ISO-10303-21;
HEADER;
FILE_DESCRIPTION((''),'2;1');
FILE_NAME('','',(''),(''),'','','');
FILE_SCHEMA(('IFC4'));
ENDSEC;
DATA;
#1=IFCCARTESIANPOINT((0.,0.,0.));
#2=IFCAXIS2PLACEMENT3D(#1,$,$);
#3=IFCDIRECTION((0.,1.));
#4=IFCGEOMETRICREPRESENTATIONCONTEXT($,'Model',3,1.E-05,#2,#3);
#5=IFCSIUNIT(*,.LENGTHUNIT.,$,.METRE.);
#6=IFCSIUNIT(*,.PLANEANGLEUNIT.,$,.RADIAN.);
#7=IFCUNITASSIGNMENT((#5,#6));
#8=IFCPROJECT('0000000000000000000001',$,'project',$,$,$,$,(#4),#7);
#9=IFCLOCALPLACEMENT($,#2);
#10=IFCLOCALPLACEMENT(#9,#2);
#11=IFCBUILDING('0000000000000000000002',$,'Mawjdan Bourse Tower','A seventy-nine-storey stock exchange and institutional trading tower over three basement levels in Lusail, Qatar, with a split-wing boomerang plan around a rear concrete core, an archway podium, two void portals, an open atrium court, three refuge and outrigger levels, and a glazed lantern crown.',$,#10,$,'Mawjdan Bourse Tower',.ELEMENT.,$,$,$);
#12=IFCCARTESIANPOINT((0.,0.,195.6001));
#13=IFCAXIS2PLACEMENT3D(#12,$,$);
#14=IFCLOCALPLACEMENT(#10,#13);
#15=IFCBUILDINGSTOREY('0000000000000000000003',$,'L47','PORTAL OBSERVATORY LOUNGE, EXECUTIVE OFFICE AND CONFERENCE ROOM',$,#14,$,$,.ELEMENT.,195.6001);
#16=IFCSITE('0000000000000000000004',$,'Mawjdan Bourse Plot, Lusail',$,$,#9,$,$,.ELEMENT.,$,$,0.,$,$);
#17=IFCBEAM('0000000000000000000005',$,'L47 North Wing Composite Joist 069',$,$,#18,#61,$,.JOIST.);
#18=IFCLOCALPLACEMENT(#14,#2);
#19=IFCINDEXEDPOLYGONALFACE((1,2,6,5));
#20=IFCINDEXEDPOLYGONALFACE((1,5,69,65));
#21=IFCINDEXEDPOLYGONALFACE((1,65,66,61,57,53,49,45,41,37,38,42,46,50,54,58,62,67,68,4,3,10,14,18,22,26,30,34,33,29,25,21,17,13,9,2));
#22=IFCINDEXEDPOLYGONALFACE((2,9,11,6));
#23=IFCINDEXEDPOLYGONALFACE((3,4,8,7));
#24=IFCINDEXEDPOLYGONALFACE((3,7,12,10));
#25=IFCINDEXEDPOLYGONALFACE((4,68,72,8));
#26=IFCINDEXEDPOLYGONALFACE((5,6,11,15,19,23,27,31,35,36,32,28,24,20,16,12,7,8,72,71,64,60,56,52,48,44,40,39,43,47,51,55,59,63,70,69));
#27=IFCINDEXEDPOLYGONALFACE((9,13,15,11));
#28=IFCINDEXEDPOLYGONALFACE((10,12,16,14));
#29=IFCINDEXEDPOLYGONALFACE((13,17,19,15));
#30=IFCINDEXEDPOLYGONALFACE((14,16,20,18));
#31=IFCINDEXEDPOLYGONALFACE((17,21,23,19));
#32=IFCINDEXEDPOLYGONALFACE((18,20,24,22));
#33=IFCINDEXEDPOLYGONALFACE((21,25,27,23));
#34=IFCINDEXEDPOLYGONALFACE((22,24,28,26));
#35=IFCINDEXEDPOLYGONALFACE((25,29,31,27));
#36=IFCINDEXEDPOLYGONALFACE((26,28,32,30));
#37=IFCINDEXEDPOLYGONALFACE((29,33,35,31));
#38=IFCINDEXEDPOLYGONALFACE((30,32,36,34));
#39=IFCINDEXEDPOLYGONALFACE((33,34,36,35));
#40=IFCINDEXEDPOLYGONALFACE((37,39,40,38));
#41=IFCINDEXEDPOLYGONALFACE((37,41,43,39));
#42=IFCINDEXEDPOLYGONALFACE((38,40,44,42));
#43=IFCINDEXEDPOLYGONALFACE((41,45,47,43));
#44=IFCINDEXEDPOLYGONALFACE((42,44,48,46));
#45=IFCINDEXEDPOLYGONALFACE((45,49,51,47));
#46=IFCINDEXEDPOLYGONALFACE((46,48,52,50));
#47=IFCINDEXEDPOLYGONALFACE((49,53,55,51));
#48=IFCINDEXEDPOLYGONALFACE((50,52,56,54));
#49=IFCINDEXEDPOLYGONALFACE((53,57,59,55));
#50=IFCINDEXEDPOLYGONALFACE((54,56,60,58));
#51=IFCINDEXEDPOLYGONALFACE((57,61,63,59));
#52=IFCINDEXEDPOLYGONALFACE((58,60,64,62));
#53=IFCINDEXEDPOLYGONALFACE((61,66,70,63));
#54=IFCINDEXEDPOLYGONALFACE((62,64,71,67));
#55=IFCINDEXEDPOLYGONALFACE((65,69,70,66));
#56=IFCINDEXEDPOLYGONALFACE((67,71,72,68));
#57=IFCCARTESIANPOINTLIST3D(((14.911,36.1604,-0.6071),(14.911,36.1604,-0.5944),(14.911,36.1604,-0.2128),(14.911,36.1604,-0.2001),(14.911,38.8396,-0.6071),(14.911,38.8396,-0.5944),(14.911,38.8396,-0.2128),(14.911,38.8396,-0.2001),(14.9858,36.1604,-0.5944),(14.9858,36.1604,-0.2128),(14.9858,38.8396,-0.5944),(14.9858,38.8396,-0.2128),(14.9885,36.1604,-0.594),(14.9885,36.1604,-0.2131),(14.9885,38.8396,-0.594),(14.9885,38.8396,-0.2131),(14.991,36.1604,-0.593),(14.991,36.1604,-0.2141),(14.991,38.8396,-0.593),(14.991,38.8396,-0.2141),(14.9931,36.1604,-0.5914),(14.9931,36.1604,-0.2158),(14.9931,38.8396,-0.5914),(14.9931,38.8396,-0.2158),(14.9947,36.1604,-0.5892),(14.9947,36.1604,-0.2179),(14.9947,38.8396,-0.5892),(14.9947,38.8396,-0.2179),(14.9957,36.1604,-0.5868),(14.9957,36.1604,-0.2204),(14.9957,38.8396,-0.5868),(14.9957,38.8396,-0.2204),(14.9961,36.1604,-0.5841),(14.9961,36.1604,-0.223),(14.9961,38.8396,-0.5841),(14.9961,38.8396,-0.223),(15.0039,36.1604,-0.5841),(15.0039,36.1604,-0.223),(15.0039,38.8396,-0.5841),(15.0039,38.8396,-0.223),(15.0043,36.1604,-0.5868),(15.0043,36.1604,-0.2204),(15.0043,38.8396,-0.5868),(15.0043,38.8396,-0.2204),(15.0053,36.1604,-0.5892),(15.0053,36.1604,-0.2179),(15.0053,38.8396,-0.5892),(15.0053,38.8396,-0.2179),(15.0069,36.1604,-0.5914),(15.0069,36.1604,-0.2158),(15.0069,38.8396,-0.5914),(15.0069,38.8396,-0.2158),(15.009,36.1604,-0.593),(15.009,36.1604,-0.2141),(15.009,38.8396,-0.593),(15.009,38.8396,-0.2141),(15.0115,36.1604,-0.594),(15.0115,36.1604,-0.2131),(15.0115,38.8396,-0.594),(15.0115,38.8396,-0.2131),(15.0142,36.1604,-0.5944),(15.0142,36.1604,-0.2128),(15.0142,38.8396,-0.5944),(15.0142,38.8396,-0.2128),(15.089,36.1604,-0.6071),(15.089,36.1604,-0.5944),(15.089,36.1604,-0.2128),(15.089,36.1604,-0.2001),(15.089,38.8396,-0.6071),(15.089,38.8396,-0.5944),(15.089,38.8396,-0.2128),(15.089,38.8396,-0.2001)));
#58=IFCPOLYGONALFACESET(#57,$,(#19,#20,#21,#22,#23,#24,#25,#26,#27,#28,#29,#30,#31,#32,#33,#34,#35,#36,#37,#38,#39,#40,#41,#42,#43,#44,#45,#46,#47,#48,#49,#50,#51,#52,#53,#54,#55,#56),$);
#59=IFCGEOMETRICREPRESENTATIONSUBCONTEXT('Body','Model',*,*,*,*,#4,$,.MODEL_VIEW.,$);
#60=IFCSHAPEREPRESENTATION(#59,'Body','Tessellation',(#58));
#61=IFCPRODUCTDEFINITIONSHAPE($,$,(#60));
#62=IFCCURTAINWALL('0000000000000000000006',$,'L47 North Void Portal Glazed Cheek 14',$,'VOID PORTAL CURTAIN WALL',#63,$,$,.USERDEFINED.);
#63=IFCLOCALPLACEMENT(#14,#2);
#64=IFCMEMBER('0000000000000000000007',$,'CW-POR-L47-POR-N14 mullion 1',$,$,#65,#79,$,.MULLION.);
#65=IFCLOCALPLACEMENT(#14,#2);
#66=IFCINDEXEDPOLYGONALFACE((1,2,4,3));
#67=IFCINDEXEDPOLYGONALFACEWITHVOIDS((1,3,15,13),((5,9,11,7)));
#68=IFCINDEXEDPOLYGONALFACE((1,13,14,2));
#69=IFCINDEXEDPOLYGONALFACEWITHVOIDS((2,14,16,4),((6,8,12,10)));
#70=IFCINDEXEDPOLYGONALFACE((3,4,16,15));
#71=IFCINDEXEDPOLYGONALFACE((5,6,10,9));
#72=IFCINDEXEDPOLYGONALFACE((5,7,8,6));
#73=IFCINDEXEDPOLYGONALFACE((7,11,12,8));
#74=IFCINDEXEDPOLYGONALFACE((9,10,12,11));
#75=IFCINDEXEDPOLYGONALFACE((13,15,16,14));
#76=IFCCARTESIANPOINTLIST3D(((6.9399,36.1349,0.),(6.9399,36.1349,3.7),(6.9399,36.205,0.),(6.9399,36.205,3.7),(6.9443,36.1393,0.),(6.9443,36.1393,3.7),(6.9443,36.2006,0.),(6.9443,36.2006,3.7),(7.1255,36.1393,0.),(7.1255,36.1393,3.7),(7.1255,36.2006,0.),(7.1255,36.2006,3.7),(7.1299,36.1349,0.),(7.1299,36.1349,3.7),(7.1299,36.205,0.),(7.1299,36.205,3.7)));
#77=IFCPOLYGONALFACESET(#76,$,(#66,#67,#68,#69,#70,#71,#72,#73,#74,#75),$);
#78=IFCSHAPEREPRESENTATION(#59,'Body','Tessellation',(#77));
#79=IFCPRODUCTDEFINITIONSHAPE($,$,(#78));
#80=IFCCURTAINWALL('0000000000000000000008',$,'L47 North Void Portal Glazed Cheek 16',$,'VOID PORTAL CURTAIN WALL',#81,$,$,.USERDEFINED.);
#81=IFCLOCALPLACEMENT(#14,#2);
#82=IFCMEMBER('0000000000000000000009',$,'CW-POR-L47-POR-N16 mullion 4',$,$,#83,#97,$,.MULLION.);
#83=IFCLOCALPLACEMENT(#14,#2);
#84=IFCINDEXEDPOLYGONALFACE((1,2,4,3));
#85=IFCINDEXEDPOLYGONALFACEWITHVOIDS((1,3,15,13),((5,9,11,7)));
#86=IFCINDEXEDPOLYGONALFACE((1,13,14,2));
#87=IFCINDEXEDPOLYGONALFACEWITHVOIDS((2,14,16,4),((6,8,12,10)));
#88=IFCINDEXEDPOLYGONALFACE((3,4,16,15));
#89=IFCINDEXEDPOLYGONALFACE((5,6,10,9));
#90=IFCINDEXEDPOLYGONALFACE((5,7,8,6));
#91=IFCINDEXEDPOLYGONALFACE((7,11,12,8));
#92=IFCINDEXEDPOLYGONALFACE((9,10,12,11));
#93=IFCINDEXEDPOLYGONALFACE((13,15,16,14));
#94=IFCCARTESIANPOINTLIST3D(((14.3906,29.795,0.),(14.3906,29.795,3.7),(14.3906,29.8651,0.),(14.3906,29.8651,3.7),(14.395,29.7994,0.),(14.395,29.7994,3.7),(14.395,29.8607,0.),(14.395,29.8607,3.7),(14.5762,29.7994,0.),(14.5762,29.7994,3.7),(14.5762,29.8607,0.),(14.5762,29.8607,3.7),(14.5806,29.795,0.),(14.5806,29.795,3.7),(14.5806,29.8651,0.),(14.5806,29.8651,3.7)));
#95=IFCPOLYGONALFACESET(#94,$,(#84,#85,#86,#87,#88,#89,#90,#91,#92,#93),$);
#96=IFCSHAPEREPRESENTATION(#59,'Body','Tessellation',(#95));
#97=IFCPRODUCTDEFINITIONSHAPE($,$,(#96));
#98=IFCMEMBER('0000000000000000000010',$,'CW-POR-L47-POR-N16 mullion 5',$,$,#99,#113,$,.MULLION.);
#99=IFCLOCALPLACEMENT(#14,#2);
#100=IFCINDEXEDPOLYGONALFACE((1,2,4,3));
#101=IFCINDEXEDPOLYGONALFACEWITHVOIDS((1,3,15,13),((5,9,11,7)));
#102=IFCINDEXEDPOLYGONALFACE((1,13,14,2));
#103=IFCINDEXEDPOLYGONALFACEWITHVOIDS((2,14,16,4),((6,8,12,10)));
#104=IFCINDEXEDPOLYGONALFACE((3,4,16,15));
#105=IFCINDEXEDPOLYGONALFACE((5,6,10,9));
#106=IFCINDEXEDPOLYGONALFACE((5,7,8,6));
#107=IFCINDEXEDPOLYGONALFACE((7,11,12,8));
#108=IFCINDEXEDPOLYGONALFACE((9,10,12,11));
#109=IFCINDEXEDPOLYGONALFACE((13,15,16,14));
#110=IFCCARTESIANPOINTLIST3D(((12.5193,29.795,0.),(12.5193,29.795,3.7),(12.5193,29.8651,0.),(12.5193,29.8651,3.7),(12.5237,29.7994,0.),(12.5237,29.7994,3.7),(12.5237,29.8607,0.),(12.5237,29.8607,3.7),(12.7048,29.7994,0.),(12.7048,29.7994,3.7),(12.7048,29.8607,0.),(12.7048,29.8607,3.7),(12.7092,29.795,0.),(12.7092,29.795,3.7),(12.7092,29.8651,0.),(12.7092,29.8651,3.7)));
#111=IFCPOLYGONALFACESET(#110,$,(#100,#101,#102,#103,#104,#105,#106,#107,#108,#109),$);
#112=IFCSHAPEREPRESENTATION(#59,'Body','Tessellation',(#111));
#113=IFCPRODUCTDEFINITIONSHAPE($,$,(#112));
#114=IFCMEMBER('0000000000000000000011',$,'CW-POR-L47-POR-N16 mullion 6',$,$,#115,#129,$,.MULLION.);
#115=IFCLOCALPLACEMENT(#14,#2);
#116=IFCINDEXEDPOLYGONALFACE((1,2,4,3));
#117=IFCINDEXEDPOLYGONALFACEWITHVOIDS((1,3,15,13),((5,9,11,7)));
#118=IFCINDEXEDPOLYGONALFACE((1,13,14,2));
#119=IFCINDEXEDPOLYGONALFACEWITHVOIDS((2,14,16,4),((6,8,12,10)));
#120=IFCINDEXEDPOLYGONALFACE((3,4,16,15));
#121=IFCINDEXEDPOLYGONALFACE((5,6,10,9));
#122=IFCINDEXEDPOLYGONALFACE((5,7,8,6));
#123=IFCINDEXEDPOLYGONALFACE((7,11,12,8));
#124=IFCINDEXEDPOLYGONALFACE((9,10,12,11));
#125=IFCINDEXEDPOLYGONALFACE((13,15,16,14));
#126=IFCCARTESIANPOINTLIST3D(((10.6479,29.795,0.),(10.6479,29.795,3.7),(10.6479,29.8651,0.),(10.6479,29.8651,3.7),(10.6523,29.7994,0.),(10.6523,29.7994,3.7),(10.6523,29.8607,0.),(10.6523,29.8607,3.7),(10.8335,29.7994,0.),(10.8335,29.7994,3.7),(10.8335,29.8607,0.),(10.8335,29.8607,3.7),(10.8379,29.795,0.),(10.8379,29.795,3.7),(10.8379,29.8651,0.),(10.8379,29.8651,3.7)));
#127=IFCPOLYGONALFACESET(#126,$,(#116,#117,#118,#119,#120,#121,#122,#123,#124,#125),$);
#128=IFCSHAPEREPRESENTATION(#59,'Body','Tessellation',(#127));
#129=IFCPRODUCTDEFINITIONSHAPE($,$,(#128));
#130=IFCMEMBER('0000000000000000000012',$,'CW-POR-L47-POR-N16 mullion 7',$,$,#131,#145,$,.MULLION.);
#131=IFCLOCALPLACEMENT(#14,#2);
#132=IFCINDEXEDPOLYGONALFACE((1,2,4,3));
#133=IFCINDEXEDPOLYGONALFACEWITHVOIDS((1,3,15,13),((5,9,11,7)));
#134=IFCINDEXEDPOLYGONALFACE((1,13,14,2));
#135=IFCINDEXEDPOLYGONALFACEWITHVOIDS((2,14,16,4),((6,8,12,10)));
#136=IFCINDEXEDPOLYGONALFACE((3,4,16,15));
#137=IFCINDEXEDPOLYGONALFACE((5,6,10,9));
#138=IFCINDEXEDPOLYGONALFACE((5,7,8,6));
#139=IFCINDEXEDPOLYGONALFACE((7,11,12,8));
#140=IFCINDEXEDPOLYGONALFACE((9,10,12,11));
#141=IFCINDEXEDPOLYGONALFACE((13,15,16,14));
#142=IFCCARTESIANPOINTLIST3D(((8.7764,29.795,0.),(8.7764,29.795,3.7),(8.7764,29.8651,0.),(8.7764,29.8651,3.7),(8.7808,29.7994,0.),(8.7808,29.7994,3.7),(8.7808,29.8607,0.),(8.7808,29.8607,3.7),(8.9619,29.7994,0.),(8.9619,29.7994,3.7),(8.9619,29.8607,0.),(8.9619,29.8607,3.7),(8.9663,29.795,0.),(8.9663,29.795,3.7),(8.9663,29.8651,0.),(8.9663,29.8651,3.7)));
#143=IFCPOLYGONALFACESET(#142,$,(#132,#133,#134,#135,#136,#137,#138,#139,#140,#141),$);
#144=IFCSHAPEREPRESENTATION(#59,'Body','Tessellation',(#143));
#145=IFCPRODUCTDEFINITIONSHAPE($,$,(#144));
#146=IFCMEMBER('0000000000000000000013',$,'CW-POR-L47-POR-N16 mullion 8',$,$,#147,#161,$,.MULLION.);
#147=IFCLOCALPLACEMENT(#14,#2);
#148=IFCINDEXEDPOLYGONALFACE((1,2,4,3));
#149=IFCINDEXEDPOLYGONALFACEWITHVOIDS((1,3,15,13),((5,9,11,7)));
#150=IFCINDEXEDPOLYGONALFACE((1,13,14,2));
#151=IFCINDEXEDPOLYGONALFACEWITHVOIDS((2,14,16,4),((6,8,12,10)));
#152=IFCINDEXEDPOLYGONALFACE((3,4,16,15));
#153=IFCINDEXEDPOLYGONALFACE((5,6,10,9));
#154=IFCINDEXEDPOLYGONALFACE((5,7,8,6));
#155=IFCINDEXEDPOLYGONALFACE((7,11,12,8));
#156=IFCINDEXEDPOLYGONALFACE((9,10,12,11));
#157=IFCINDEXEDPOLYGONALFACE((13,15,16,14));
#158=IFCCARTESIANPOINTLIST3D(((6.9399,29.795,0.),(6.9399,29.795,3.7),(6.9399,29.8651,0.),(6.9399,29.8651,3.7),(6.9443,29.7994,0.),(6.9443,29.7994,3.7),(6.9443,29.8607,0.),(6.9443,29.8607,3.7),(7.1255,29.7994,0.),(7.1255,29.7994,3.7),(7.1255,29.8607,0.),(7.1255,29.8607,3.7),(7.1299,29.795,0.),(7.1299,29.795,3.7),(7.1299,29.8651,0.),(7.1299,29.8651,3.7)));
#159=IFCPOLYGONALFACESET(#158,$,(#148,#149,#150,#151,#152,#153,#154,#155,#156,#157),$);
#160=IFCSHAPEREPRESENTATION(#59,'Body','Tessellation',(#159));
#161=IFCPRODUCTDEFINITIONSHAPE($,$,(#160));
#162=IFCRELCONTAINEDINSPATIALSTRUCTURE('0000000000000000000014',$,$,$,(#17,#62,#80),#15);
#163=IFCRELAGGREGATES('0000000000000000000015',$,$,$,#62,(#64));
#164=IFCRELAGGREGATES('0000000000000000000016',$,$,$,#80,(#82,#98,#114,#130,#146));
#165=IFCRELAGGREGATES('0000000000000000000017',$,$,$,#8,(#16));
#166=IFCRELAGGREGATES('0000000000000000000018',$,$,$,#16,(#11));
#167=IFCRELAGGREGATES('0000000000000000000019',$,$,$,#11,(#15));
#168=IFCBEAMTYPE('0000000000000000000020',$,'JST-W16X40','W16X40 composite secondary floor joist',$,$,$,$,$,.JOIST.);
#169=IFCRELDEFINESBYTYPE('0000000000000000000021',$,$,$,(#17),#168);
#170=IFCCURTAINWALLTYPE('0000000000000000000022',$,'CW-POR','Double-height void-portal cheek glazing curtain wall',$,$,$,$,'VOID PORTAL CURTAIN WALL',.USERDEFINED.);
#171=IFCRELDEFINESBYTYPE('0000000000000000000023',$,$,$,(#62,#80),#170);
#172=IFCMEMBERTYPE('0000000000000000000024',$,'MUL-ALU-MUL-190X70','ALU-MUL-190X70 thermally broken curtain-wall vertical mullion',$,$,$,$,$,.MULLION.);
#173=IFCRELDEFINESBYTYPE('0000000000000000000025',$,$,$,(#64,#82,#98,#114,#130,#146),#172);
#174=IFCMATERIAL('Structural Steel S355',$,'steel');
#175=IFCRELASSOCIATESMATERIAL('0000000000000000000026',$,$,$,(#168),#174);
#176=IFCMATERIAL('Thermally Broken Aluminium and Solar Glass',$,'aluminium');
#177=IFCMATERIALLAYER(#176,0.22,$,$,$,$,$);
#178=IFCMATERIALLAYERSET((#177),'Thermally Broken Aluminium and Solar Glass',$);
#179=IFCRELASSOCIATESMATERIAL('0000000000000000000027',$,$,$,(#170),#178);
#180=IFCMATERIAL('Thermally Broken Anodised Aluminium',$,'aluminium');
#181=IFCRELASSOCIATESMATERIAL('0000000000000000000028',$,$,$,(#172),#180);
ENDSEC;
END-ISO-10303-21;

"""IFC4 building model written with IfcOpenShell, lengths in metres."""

from ifc_helpers import new_model, si_unit, direction, frame, origin, origin_2d, place, context, subcontext, project, spatial, hollow_rectangle, i_section, extrude, material, layer, layer_set, material_profile, profile_set, type_object, element, aggregate, save


model = new_model("IFC4")

# Units and contexts
model_context = context("Model", 3, precision=1e-05, world=origin(), true_north=direction((0.0, 1.0)))
body_context = subcontext(model_context, "Body", "Model", "MODEL_VIEW")
ifc_project = project(units=[si_unit("LENGTHUNIT", "METRE"), si_unit("PLANEANGLEUNIT", "RADIAN")], contexts=[model_context])

# Site, building, storey
site_placement = place(None, origin())
site = spatial("IfcSite", under=ifc_project, at=site_placement, Name="Mawjdan Bourse Plot, Lusail", CompositionType="ELEMENT", RefElevation=0.0)
building_placement = place(site_placement, origin())
building = spatial("IfcBuilding", under=site, at=building_placement, Name="Mawjdan Bourse Tower", Description="A seventy-nine-storey stock exchange and institutional trading tower over three basement levels in Lusail, Qatar, with a split-wing boomerang plan around a rear concrete core, an archway podium, two void portals, an open atrium court, three refuge and outrigger levels, and a glazed lantern crown.", LongName="Mawjdan Bourse Tower", CompositionType="ELEMENT")
storey_placement = place(building_placement, frame((0.0, 0.0, 195.6001)))
storey = spatial("IfcBuildingStorey", under=building, at=storey_placement, Name="L47", Description="PORTAL OBSERVATORY LOUNGE, EXECUTIVE OFFICE AND CONFERENCE ROOM", CompositionType="ELEMENT", Elevation=195.6001)

# Beam
ifc_material_1 = material(Name="Structural Steel S355", Category="steel")
ifc_material_profile_1 = material_profile(ifc_material_1, i_section(OverallWidth=0.178, OverallDepth=0.407, WebThickness=0.0078, FlangeThickness=0.0127, FilletRadius=0.0103, at=origin_2d()), Name="W16X40")
ifc_profile_set_1 = profile_set([ifc_material_profile_1], Name="Structural Steel S355")
beam_type_1 = type_object("IfcBeamType", Name="JST-W16X40", Description="W16X40 composite secondary floor joist", PredefinedType="JOIST", material=ifc_profile_set_1)
for number, where, z_axis, x_axis, name in (
    (1, (15.0, 36.1604, -0.4036), (0.0, 1.0, 0.0), (-1.0, 0.0, 0.0), "L47 North Wing Composite Joist 069"),
):
    element("IfcBeam", number, at=place(storey_placement, frame(where, z_axis=z_axis, x_axis=x_axis)), inside=storey, type_object=beam_type_1, Name=name, PredefinedType="JOIST", context=body_context, shape_type="SweptSolid", body=[
        extrude(i_section(OverallWidth=0.178, OverallDepth=0.407, WebThickness=0.0078, FlangeThickness=0.0127, FilletRadius=0.0103, at=origin_2d()), origin(), (0.0, 0.0, 1.0), 2.6792),
    ])

# Curtain wall, member
ifc_material_2 = material(Name="Thermally Broken Aluminium and Solar Glass", Category="aluminium")
ifc_layer_1 = layer(ifc_material_2, 0.22)
ifc_layer_set_1 = layer_set([ifc_layer_1], Name="Thermally Broken Aluminium and Solar Glass")
curtain_wall_type = type_object("IfcCurtainWallType", Name="CW-POR", Description="Double-height void-portal cheek glazing curtain wall", ElementType="VOID PORTAL CURTAIN WALL", PredefinedType="USERDEFINED", material=ifc_layer_set_1)
curtain_wall_1_placement = place(storey_placement, origin())
curtain_wall_1 = element("IfcCurtainWall", 2, at=curtain_wall_1_placement, inside=storey, type_object=curtain_wall_type, Name="L47 North Void Portal Glazed Cheek 14", ObjectType="VOID PORTAL CURTAIN WALL", PredefinedType="USERDEFINED")
ifc_material_3 = material(Name="Thermally Broken Anodised Aluminium", Category="aluminium")
ifc_material_profile_2 = material_profile(ifc_material_3, hollow_rectangle(XDim=0.0701, YDim=0.1899, WallThickness=0.0044, at=origin_2d()), Name="ALU-MUL-190X70")
ifc_profile_set_2 = profile_set([ifc_material_profile_2], Name="Thermally Broken Anodised Aluminium")
member_type_1 = type_object("IfcMemberType", Name="MUL-ALU-MUL-190X70", Description="ALU-MUL-190X70 thermally broken curtain-wall vertical mullion", PredefinedType="MULLION", material=ifc_profile_set_2)
member_1_placement = place(storey_placement, frame((7.0349, 36.1699, 0.0), z_axis=(0.0, 0.0, 1.0), x_axis=(0.0, 1.0, 0.0)))
member_1 = element("IfcMember", 3, at=member_1_placement, type_object=member_type_1, Name="CW-POR-L47-POR-N14 mullion 1", PredefinedType="MULLION", context=body_context, shape_type="SweptSolid", body=[
    extrude(hollow_rectangle(XDim=0.0701, YDim=0.1899, WallThickness=0.0044, at=origin_2d()), origin(), (0.0, 0.0, 1.0), 3.7),
])

# Curtain wall, members
curtain_wall_2_placement = place(storey_placement, origin())
curtain_wall_2 = element("IfcCurtainWall", 4, at=curtain_wall_2_placement, inside=storey, type_object=curtain_wall_type, Name="L47 North Void Portal Glazed Cheek 16", ObjectType="VOID PORTAL CURTAIN WALL", PredefinedType="USERDEFINED")
member_2_placement = place(storey_placement, frame((14.4856, 29.8301, 0.0), z_axis=(0.0, 0.0, 1.0), x_axis=(0.0, -1.0, 0.0)))
member_2 = element("IfcMember", 5, at=member_2_placement, type_object=member_type_1, Name="CW-POR-L47-POR-N16 mullion 4", PredefinedType="MULLION", context=body_context, shape_type="SweptSolid", body=[
    extrude(hollow_rectangle(XDim=0.0701, YDim=0.1899, WallThickness=0.0044, at=origin_2d()), origin(), (0.0, 0.0, 1.0), 3.7),
])
member_3_placement = place(storey_placement, frame((12.6143, 29.8301, 0.0), z_axis=(0.0, 0.0, 1.0), x_axis=(0.0, -1.0, 0.0)))
member_3 = element("IfcMember", 6, at=member_3_placement, type_object=member_type_1, Name="CW-POR-L47-POR-N16 mullion 5", PredefinedType="MULLION", context=body_context, shape_type="SweptSolid", body=[
    extrude(hollow_rectangle(XDim=0.0701, YDim=0.1899, WallThickness=0.0044, at=origin_2d()), origin(), (0.0, 0.0, 1.0), 3.7),
])
member_4_placement = place(storey_placement, frame((10.7429, 29.8301, 0.0), z_axis=(0.0, 0.0, 1.0), x_axis=(0.0, -1.0, 0.0)))
member_4 = element("IfcMember", 7, at=member_4_placement, type_object=member_type_1, Name="CW-POR-L47-POR-N16 mullion 6", PredefinedType="MULLION", context=body_context, shape_type="SweptSolid", body=[
    extrude(hollow_rectangle(XDim=0.0701, YDim=0.1899, WallThickness=0.0044, at=origin_2d()), origin(), (0.0, 0.0, 1.0), 3.7),
])
member_5_placement = place(storey_placement, frame((8.8713, 29.8301, 0.0), z_axis=(0.0, 0.0, 1.0), x_axis=(0.0, -1.0, 0.0)))
member_5 = element("IfcMember", 8, at=member_5_placement, type_object=member_type_1, Name="CW-POR-L47-POR-N16 mullion 7", PredefinedType="MULLION", context=body_context, shape_type="SweptSolid", body=[
    extrude(hollow_rectangle(XDim=0.0701, YDim=0.1899, WallThickness=0.0044, at=origin_2d()), origin(), (0.0, 0.0, 1.0), 3.7),
])
member_6_placement = place(storey_placement, frame((7.0349, 29.8301, 0.0), z_axis=(0.0, 0.0, 1.0), x_axis=(0.0, -1.0, 0.0)))
member_6 = element("IfcMember", 9, at=member_6_placement, type_object=member_type_1, Name="CW-POR-L47-POR-N16 mullion 8", PredefinedType="MULLION", context=body_context, shape_type="SweptSolid", body=[
    extrude(hollow_rectangle(XDim=0.0701, YDim=0.1899, WallThickness=0.0044, at=origin_2d()), origin(), (0.0, 0.0, 1.0), 3.7),
])

aggregate(curtain_wall_1, [member_1])

aggregate(curtain_wall_2, [member_2, member_3, member_4, member_5, member_6])

save(model, "model.ifc")
